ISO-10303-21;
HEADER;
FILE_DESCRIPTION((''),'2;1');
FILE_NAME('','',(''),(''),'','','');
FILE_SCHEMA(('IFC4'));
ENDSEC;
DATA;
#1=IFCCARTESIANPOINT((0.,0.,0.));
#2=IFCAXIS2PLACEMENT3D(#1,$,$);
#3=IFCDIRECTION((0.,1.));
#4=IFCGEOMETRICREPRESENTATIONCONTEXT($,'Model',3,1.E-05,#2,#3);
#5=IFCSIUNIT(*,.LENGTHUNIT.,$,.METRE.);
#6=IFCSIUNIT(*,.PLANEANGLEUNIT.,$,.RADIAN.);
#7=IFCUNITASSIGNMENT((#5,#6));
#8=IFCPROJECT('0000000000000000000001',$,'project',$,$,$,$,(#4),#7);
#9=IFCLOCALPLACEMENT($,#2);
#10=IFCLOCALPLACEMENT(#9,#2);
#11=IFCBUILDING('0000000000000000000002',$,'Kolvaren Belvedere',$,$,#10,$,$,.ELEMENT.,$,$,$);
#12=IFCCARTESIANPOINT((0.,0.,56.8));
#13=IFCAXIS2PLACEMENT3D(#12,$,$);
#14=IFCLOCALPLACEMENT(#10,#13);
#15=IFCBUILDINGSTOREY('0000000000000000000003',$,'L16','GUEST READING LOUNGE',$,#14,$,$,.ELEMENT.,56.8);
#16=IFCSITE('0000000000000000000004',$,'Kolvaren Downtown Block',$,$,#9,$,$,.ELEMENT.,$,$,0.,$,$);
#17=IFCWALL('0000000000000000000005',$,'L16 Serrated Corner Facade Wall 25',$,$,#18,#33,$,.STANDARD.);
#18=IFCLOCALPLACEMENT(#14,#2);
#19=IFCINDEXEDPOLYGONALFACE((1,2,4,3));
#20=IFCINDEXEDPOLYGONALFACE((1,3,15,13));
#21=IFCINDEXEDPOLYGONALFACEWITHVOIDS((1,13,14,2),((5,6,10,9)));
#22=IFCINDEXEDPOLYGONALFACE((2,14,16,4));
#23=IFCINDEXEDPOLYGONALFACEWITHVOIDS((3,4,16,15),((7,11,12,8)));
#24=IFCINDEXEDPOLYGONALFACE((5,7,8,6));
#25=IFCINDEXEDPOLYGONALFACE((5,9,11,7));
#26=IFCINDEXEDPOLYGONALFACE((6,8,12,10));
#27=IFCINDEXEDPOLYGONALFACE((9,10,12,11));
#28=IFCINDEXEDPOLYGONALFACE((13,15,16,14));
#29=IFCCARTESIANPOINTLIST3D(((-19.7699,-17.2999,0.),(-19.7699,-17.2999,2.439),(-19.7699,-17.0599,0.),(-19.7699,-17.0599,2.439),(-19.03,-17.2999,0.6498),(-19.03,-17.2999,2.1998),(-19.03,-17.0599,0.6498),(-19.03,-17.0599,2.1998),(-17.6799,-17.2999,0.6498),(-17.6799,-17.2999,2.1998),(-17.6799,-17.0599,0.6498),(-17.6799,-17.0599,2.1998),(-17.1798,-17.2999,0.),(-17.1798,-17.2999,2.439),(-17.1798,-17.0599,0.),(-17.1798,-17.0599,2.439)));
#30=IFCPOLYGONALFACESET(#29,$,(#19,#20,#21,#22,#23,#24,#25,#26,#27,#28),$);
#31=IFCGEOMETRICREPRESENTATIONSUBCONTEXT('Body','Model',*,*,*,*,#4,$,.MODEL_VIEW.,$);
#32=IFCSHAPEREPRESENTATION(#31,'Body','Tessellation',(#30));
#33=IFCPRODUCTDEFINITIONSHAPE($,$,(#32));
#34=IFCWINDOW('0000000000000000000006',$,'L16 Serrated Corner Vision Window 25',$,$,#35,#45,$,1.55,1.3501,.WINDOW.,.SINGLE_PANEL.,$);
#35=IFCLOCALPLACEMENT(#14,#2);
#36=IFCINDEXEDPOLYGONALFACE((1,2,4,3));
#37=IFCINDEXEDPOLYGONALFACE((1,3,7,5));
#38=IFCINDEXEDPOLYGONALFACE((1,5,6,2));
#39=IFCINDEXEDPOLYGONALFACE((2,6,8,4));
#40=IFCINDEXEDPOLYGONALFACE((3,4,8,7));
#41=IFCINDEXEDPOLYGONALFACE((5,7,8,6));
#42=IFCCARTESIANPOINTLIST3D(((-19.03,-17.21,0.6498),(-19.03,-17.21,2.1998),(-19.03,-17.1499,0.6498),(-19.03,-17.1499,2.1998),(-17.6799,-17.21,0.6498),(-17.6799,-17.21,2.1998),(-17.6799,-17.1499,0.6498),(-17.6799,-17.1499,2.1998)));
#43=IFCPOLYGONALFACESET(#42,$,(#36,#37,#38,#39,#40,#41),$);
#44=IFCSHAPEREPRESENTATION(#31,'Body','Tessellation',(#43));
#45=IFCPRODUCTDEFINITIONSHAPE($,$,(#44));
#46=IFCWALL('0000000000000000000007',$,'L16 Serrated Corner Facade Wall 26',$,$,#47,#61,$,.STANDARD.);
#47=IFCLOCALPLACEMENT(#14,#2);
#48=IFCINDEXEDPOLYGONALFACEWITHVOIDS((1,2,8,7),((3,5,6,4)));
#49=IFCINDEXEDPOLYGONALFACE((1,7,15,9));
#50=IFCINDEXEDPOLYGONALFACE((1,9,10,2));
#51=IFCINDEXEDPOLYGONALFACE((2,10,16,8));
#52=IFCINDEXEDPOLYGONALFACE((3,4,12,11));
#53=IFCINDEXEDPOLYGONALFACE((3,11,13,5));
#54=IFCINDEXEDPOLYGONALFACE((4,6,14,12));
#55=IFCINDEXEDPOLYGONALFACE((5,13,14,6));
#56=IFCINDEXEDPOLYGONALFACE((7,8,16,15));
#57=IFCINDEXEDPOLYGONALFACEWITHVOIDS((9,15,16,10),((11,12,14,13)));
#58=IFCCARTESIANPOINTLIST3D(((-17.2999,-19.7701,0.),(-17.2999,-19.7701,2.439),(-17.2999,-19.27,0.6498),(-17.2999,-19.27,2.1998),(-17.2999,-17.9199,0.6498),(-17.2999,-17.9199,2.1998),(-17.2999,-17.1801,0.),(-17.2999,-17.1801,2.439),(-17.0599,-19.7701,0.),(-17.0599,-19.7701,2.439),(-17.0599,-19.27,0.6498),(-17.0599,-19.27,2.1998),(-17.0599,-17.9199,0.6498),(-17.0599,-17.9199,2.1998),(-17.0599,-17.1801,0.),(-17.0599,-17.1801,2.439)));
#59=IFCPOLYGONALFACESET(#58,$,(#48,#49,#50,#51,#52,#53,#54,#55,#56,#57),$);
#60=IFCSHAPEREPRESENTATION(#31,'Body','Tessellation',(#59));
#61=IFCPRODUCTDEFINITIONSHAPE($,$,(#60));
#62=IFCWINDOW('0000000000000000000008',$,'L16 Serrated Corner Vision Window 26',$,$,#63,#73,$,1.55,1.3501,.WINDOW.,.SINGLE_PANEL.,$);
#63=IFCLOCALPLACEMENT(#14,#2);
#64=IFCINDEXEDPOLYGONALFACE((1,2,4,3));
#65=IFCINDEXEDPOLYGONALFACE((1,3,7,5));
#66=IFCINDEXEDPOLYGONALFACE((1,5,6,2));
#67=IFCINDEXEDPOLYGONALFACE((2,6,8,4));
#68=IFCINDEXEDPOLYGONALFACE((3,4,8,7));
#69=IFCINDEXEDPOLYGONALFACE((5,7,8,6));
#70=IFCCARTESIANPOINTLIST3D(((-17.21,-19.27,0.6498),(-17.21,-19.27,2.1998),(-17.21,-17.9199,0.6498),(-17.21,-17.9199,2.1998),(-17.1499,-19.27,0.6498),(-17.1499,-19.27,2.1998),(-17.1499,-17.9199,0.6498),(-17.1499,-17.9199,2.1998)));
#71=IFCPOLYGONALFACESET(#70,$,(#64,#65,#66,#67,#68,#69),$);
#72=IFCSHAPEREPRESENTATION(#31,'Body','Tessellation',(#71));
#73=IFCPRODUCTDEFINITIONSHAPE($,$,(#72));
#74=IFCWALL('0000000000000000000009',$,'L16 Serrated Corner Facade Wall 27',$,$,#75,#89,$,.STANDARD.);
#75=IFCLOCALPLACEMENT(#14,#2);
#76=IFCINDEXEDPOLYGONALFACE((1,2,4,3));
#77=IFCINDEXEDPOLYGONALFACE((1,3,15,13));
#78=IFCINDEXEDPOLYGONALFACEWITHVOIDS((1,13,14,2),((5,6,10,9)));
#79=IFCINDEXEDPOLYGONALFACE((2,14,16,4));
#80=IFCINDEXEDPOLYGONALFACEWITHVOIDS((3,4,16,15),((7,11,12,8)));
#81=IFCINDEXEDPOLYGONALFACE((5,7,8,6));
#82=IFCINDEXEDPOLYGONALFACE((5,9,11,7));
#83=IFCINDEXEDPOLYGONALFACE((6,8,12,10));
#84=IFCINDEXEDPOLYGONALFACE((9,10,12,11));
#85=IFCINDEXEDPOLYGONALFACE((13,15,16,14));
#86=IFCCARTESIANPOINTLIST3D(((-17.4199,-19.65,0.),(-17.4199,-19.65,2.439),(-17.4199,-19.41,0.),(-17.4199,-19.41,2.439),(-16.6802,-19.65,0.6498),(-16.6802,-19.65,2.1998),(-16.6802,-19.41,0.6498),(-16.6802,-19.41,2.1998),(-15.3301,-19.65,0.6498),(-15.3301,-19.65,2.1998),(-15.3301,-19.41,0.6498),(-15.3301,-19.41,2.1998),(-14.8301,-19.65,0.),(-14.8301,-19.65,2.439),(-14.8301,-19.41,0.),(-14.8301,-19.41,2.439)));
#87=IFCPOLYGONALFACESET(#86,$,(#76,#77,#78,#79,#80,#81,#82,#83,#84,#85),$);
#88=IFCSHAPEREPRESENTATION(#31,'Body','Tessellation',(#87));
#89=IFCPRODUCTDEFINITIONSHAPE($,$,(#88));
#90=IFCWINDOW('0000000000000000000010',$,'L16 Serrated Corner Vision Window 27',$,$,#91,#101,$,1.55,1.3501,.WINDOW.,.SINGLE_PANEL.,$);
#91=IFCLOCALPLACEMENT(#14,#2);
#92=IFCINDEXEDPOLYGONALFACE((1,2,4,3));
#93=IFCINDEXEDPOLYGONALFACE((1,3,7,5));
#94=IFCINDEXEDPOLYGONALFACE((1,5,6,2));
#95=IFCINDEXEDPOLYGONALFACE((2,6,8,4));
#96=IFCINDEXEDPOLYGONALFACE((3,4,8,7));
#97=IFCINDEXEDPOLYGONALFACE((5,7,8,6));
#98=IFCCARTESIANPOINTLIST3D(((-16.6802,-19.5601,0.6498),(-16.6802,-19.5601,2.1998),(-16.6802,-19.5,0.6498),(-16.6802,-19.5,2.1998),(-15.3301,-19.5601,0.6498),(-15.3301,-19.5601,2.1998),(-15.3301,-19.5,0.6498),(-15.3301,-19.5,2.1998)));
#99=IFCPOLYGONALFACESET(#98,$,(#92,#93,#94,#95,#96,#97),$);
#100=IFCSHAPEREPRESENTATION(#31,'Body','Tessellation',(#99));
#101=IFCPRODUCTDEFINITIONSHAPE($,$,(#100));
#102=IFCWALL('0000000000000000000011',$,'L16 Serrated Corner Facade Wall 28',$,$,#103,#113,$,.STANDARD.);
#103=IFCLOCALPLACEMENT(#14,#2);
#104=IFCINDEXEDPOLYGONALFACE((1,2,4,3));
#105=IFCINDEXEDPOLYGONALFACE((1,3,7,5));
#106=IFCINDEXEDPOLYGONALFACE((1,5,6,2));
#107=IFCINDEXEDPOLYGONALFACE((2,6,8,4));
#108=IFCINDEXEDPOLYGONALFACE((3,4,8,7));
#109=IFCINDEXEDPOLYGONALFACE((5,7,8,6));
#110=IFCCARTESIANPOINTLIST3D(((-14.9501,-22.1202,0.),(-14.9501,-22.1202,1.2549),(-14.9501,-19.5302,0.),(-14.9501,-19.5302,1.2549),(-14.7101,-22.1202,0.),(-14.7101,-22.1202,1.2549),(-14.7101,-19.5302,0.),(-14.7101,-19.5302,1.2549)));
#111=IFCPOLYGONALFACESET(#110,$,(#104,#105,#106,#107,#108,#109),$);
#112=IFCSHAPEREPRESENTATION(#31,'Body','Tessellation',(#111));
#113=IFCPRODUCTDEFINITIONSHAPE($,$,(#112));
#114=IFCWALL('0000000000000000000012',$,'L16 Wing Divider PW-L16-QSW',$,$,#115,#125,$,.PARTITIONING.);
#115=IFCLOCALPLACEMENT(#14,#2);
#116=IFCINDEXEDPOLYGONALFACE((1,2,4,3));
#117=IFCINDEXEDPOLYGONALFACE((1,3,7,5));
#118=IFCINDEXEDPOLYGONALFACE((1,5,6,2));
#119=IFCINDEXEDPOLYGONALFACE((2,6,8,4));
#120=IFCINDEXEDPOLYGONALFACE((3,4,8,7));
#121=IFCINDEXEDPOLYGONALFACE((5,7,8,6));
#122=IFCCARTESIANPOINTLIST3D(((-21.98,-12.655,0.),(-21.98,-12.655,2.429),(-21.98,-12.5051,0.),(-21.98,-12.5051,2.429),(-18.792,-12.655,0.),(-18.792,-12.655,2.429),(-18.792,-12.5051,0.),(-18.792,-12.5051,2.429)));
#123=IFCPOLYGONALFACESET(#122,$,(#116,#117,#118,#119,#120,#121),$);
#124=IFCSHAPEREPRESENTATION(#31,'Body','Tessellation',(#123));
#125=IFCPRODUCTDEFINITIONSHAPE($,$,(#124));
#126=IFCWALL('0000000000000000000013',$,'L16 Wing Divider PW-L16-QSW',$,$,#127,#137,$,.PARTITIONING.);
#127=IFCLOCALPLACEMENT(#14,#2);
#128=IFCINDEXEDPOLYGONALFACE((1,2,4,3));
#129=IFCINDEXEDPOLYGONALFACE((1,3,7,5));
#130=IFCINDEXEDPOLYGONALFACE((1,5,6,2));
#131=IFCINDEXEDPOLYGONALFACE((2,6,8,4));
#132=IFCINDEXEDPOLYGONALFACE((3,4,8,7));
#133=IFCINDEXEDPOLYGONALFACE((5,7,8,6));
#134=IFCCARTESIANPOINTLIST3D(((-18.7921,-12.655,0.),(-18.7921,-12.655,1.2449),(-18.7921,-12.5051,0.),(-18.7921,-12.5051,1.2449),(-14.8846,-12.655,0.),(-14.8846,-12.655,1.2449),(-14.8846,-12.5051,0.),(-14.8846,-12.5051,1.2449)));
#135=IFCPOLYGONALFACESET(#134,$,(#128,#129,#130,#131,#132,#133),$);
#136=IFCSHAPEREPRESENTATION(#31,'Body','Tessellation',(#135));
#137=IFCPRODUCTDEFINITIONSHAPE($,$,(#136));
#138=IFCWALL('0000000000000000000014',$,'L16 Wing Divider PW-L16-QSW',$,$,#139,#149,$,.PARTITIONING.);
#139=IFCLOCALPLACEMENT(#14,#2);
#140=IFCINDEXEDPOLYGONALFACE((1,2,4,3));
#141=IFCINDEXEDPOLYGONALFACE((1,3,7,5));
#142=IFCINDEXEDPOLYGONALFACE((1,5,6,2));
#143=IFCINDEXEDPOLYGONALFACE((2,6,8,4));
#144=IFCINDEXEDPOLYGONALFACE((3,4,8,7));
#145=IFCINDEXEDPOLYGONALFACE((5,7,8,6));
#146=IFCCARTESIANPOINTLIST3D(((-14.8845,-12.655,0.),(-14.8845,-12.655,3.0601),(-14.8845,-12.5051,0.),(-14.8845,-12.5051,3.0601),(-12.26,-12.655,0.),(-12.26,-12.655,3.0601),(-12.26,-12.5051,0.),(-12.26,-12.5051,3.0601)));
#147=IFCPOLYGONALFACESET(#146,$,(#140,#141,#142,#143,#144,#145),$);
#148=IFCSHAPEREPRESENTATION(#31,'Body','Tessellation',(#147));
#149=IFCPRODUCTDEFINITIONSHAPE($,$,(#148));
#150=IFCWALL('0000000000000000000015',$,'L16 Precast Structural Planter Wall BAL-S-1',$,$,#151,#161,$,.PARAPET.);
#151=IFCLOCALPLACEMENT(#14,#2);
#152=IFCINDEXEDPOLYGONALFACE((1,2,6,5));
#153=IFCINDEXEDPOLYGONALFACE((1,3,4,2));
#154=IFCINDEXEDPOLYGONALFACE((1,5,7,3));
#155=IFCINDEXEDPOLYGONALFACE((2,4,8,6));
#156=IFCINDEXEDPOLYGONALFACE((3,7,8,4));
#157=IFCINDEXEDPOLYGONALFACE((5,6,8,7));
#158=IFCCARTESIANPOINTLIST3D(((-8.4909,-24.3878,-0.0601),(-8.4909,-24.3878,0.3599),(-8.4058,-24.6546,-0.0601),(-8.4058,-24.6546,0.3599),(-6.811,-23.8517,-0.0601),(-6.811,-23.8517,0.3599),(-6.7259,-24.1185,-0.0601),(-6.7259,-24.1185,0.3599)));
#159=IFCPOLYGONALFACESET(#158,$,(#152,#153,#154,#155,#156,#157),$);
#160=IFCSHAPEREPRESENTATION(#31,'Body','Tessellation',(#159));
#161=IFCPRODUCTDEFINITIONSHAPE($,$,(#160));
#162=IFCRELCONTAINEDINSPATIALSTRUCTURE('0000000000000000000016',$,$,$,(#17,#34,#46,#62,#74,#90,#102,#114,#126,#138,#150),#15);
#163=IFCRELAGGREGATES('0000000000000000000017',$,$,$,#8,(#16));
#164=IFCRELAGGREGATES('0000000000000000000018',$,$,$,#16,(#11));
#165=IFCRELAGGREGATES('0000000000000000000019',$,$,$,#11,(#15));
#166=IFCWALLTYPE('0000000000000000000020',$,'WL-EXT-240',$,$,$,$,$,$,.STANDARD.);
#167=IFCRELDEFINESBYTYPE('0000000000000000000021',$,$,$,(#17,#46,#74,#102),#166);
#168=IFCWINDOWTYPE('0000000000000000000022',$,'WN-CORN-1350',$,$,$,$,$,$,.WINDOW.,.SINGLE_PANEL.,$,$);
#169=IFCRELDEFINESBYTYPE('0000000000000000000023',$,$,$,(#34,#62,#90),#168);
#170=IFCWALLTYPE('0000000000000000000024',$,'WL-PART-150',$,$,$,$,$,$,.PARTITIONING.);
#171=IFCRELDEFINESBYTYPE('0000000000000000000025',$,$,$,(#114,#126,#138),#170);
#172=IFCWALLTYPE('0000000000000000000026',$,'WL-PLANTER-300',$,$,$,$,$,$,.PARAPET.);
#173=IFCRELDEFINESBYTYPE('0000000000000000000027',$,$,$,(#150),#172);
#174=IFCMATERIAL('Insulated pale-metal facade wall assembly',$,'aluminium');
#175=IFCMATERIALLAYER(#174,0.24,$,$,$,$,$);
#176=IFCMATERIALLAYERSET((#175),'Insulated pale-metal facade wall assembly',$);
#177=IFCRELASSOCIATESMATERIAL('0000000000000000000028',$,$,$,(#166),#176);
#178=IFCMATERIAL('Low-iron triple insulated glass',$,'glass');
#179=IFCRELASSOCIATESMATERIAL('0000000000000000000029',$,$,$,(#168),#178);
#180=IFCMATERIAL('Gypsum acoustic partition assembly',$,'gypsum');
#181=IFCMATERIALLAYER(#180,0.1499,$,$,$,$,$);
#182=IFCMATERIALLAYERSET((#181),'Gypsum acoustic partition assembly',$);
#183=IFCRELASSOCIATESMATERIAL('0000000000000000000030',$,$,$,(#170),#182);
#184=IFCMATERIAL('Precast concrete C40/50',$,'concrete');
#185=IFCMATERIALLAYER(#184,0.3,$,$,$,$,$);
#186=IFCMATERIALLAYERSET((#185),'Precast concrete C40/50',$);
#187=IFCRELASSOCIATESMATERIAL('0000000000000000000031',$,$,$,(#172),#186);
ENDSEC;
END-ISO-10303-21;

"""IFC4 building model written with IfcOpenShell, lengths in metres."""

from ifc_helpers import new_model, si_unit, direction, frame, frame_2d, origin, place, context, subcontext, project, spatial, rectangle, extrude, material, layer, layer_set, type_object, element, fill, save


model = new_model("IFC4")

# Units and contexts
model_context = context("Model", 3, precision=1e-05, world=origin(), true_north=direction((0.0, 1.0)))
body_context = subcontext(model_context, "Body", "Model", "MODEL_VIEW")
ifc_project = project(units=[si_unit("LENGTHUNIT", "METRE"), si_unit("PLANEANGLEUNIT", "RADIAN")], contexts=[model_context])

# Site, building, storey
site_placement = place(None, origin())
site = spatial("IfcSite", under=ifc_project, at=site_placement, Name="Kolvaren Downtown Block", CompositionType="ELEMENT", RefElevation=0.0)
building_placement = place(site_placement, origin())
building = spatial("IfcBuilding", under=site, at=building_placement, Name="Kolvaren Belvedere", CompositionType="ELEMENT")
storey_placement = place(building_placement, frame((0.0, 0.0, 56.8)))
storey = spatial("IfcBuildingStorey", under=building, at=storey_placement, Name="L16", Description="GUEST READING LOUNGE", CompositionType="ELEMENT", Elevation=56.8)

# Shared definitions
ifc_material_1 = material(Name="Insulated pale-metal facade wall assembly", Category="aluminium")
ifc_layer_1 = layer(ifc_material_1, 0.24)
ifc_layer_set_1 = layer_set([ifc_layer_1], Name="Insulated pale-metal facade wall assembly")
wall_type_1 = type_object("IfcWallType", Name="WL-EXT-240", PredefinedType="STANDARD", material=ifc_layer_set_1)

# Walls, openings, windows
ifc_material_2 = material(Name="Low-iron triple insulated glass", Category="glass")
window_type = type_object("IfcWindowType", Name="WN-CORN-1350", PartitioningType="SINGLE_PANEL", PredefinedType="WINDOW", material=ifc_material_2)
wall_1_placement = place(storey_placement, frame((-17.1799, -17.1799, 0.0), z_axis=(0.0, 0.0, 1.0), x_axis=(-1.0, 0.0, 0.0)))
wall_1 = element("IfcWall", 1, at=wall_1_placement, inside=storey, type_object=wall_type_1, Name="L16 Serrated Corner Facade Wall 25", PredefinedType="STANDARD", context=body_context, shape_type="SweptSolid", body=[
    extrude(rectangle(XDim=2.5901, YDim=0.24, at=frame_2d((1.2949, 0.0))), origin(), (0.0, 0.0, 1.0), 2.439),
])
opening_1_placement = place(wall_1_placement, frame((0.5, 0.0, 0.6499)))
opening_1 = element("IfcOpeningElement", 2, at=opening_1_placement, cuts=wall_1, PredefinedType="OPENING", context=body_context, shape_type="SweptSolid", body=[
    extrude(rectangle(XDim=1.3501, YDim=1.55, at=frame_2d((0.675, 0.7749))), frame((0.0, 0.1299, 0.0), z_axis=(0.0, -1.0, 0.0), x_axis=(1.0, 0.0, 0.0)), (0.0, 0.0, 1.0), 0.26),
])
window_1_placement = place(opening_1_placement, origin())
window_1 = element("IfcWindow", 3, at=window_1_placement, inside=storey, type_object=window_type, Name="L16 Serrated Corner Vision Window 25", OverallHeight=1.55, OverallWidth=1.3501, PartitioningType="SINGLE_PANEL", PredefinedType="WINDOW", context=body_context, shape_type="SweptSolid", body=[
    extrude(rectangle(XDim=1.3501, YDim=1.55, at=frame_2d((0.675, 0.7749))), frame((0.0, 0.03, 0.0), z_axis=(0.0, -1.0, 0.0), x_axis=(1.0, 0.0, 0.0)), (0.0, 0.0, 1.0), 0.0601),
])
fill(opening_1, window_1)
wall_2_placement = place(storey_placement, frame((-17.1799, -19.77, 0.0), z_axis=(0.0, 0.0, 1.0), x_axis=(0.0, 1.0, 0.0)))
wall_2 = element("IfcWall", 4, at=wall_2_placement, inside=storey, type_object=wall_type_1, Name="L16 Serrated Corner Facade Wall 26", PredefinedType="STANDARD", context=body_context, shape_type="SweptSolid", body=[
    extrude(rectangle(XDim=2.5901, YDim=0.24, at=frame_2d((1.2949, 0.0))), origin(), (0.0, 0.0, 1.0), 2.439),
])
opening_2_placement = place(wall_2_placement, frame((0.5, 0.0, 0.6499)))
opening_2 = element("IfcOpeningElement", 5, at=opening_2_placement, cuts=wall_2, PredefinedType="OPENING", context=body_context, shape_type="SweptSolid", body=[
    extrude(rectangle(XDim=1.3501, YDim=1.55, at=frame_2d((0.675, 0.7749))), frame((0.0, 0.1299, 0.0), z_axis=(0.0, -1.0, 0.0), x_axis=(1.0, 0.0, 0.0)), (0.0, 0.0, 1.0), 0.26),
])
window_2_placement = place(opening_2_placement, origin())
window_2 = element("IfcWindow", 6, at=window_2_placement, inside=storey, type_object=window_type, Name="L16 Serrated Corner Vision Window 26", OverallHeight=1.55, OverallWidth=1.3501, PartitioningType="SINGLE_PANEL", PredefinedType="WINDOW", context=body_context, shape_type="SweptSolid", body=[
    extrude(rectangle(XDim=1.3501, YDim=1.55, at=frame_2d((0.675, 0.7749))), frame((0.0, 0.03, 0.0), z_axis=(0.0, -1.0, 0.0), x_axis=(1.0, 0.0, 0.0)), (0.0, 0.0, 1.0), 0.0601),
])
fill(opening_2, window_2)
wall_3_placement = place(storey_placement, frame((-14.8301, -19.53, 0.0), z_axis=(0.0, 0.0, 1.0), x_axis=(-1.0, 0.0, 0.0)))
wall_3 = element("IfcWall", 7, at=wall_3_placement, inside=storey, type_object=wall_type_1, Name="L16 Serrated Corner Facade Wall 27", PredefinedType="STANDARD", context=body_context, shape_type="SweptSolid", body=[
    extrude(rectangle(XDim=2.5898, YDim=0.24, at=frame_2d((1.2949, 0.0))), origin(), (0.0, 0.0, 1.0), 2.439),
])
opening_3_placement = place(wall_3_placement, frame((0.5, 0.0, 0.6499)))
opening_3 = element("IfcOpeningElement", 8, at=opening_3_placement, cuts=wall_3, PredefinedType="OPENING", context=body_context, shape_type="SweptSolid", body=[
    extrude(rectangle(XDim=1.3501, YDim=1.55, at=frame_2d((0.675, 0.7749))), frame((0.0, 0.1299, 0.0), z_axis=(0.0, -1.0, 0.0), x_axis=(1.0, 0.0, 0.0)), (0.0, 0.0, 1.0), 0.26),
])
window_3_placement = place(opening_3_placement, origin())
window_3 = element("IfcWindow", 9, at=window_3_placement, inside=storey, type_object=window_type, Name="L16 Serrated Corner Vision Window 27", OverallHeight=1.55, OverallWidth=1.3501, PartitioningType="SINGLE_PANEL", PredefinedType="WINDOW", context=body_context, shape_type="SweptSolid", body=[
    extrude(rectangle(XDim=1.3501, YDim=1.55, at=frame_2d((0.675, 0.7749))), frame((0.0, 0.03, 0.0), z_axis=(0.0, -1.0, 0.0), x_axis=(1.0, 0.0, 0.0)), (0.0, 0.0, 1.0), 0.0601),
])
fill(opening_3, window_3)

# Walls
wall_4_placement = place(storey_placement, frame((-14.8301, -22.1201, 0.0), z_axis=(0.0, 0.0, 1.0), x_axis=(0.0, 1.0, 0.0)))
element("IfcWall", 10, at=wall_4_placement, inside=storey, type_object=wall_type_1, Name="L16 Serrated Corner Facade Wall 28", PredefinedType="STANDARD", context=body_context, shape_type="SweptSolid", body=[
    extrude(rectangle(XDim=2.5901, YDim=0.24, at=frame_2d((1.2949, 0.0))), origin(), (0.0, 0.0, 1.0), 1.2549),
])
ifc_material_3 = material(Name="Gypsum acoustic partition assembly", Category="gypsum")
ifc_layer_2 = layer(ifc_material_3, 0.1499)
ifc_layer_set_2 = layer_set([ifc_layer_2], Name="Gypsum acoustic partition assembly")
wall_type_2 = type_object("IfcWallType", Name="WL-PART-150", PredefinedType="PARTITIONING", material=ifc_layer_set_2)
wall_5_placement = place(storey_placement, frame((-21.98, -12.5801, 0.0), z_axis=(0.0, 0.0, 1.0), x_axis=(1.0, 0.0, 0.0)))
element("IfcWall", 11, at=wall_5_placement, inside=storey, type_object=wall_type_2, Name="L16 Wing Divider PW-L16-QSW", PredefinedType="PARTITIONING", context=body_context, shape_type="SweptSolid", body=[
    extrude(rectangle(XDim=3.188, YDim=0.1499, at=frame_2d((1.594, 0.0))), origin(), (0.0, 0.0, 1.0), 2.429),
])
wall_6_placement = place(storey_placement, frame((-18.792, -12.5801, 0.0), z_axis=(0.0, 0.0, 1.0), x_axis=(1.0, 0.0, 0.0)))
element("IfcWall", 12, at=wall_6_placement, inside=storey, type_object=wall_type_2, Name="L16 Wing Divider PW-L16-QSW", PredefinedType="PARTITIONING", context=body_context, shape_type="SweptSolid", body=[
    extrude(rectangle(XDim=3.9075, YDim=0.1499, at=frame_2d((1.9536, 0.0))), origin(), (0.0, 0.0, 1.0), 1.2449),
])
wall_7_placement = place(storey_placement, frame((-14.8845, -12.5801, 0.0), z_axis=(0.0, 0.0, 1.0), x_axis=(1.0, 0.0, 0.0)))
element("IfcWall", 13, at=wall_7_placement, inside=storey, type_object=wall_type_2, Name="L16 Wing Divider PW-L16-QSW", PredefinedType="PARTITIONING", context=body_context, shape_type="SweptSolid", body=[
    extrude(rectangle(XDim=2.6245, YDim=0.1499, at=frame_2d((1.3123, 0.0))), origin(), (0.0, 0.0, 1.0), 3.0601),
])
ifc_material_4 = material(Name="Precast concrete C40/50", Category="concrete")
ifc_layer_3 = layer(ifc_material_4, 0.3)
ifc_layer_set_3 = layer_set([ifc_layer_3], Name="Precast concrete C40/50")
wall_type_3 = type_object("IfcWallType", Name="WL-PLANTER-300", PredefinedType="PARAPET", material=ifc_layer_set_3)
wall_8_placement = place(storey_placement, frame((-8.4485, -24.5212, -0.0601), z_axis=(0.0, 0.0, 1.0), x_axis=(0.952662, 0.304032, 0.0)))
element("IfcWall", 14, at=wall_8_placement, inside=storey, type_object=wall_type_3, Name="L16 Precast Structural Planter Wall BAL-S-1", PredefinedType="PARAPET", context=body_context, shape_type="SweptSolid", body=[
    extrude(rectangle(XDim=1.7634, YDim=0.28, at=frame_2d((0.8818, 0.0))), origin(), (0.0, 0.0, 1.0), 0.4199),
])

save(model, "model.ifc")
